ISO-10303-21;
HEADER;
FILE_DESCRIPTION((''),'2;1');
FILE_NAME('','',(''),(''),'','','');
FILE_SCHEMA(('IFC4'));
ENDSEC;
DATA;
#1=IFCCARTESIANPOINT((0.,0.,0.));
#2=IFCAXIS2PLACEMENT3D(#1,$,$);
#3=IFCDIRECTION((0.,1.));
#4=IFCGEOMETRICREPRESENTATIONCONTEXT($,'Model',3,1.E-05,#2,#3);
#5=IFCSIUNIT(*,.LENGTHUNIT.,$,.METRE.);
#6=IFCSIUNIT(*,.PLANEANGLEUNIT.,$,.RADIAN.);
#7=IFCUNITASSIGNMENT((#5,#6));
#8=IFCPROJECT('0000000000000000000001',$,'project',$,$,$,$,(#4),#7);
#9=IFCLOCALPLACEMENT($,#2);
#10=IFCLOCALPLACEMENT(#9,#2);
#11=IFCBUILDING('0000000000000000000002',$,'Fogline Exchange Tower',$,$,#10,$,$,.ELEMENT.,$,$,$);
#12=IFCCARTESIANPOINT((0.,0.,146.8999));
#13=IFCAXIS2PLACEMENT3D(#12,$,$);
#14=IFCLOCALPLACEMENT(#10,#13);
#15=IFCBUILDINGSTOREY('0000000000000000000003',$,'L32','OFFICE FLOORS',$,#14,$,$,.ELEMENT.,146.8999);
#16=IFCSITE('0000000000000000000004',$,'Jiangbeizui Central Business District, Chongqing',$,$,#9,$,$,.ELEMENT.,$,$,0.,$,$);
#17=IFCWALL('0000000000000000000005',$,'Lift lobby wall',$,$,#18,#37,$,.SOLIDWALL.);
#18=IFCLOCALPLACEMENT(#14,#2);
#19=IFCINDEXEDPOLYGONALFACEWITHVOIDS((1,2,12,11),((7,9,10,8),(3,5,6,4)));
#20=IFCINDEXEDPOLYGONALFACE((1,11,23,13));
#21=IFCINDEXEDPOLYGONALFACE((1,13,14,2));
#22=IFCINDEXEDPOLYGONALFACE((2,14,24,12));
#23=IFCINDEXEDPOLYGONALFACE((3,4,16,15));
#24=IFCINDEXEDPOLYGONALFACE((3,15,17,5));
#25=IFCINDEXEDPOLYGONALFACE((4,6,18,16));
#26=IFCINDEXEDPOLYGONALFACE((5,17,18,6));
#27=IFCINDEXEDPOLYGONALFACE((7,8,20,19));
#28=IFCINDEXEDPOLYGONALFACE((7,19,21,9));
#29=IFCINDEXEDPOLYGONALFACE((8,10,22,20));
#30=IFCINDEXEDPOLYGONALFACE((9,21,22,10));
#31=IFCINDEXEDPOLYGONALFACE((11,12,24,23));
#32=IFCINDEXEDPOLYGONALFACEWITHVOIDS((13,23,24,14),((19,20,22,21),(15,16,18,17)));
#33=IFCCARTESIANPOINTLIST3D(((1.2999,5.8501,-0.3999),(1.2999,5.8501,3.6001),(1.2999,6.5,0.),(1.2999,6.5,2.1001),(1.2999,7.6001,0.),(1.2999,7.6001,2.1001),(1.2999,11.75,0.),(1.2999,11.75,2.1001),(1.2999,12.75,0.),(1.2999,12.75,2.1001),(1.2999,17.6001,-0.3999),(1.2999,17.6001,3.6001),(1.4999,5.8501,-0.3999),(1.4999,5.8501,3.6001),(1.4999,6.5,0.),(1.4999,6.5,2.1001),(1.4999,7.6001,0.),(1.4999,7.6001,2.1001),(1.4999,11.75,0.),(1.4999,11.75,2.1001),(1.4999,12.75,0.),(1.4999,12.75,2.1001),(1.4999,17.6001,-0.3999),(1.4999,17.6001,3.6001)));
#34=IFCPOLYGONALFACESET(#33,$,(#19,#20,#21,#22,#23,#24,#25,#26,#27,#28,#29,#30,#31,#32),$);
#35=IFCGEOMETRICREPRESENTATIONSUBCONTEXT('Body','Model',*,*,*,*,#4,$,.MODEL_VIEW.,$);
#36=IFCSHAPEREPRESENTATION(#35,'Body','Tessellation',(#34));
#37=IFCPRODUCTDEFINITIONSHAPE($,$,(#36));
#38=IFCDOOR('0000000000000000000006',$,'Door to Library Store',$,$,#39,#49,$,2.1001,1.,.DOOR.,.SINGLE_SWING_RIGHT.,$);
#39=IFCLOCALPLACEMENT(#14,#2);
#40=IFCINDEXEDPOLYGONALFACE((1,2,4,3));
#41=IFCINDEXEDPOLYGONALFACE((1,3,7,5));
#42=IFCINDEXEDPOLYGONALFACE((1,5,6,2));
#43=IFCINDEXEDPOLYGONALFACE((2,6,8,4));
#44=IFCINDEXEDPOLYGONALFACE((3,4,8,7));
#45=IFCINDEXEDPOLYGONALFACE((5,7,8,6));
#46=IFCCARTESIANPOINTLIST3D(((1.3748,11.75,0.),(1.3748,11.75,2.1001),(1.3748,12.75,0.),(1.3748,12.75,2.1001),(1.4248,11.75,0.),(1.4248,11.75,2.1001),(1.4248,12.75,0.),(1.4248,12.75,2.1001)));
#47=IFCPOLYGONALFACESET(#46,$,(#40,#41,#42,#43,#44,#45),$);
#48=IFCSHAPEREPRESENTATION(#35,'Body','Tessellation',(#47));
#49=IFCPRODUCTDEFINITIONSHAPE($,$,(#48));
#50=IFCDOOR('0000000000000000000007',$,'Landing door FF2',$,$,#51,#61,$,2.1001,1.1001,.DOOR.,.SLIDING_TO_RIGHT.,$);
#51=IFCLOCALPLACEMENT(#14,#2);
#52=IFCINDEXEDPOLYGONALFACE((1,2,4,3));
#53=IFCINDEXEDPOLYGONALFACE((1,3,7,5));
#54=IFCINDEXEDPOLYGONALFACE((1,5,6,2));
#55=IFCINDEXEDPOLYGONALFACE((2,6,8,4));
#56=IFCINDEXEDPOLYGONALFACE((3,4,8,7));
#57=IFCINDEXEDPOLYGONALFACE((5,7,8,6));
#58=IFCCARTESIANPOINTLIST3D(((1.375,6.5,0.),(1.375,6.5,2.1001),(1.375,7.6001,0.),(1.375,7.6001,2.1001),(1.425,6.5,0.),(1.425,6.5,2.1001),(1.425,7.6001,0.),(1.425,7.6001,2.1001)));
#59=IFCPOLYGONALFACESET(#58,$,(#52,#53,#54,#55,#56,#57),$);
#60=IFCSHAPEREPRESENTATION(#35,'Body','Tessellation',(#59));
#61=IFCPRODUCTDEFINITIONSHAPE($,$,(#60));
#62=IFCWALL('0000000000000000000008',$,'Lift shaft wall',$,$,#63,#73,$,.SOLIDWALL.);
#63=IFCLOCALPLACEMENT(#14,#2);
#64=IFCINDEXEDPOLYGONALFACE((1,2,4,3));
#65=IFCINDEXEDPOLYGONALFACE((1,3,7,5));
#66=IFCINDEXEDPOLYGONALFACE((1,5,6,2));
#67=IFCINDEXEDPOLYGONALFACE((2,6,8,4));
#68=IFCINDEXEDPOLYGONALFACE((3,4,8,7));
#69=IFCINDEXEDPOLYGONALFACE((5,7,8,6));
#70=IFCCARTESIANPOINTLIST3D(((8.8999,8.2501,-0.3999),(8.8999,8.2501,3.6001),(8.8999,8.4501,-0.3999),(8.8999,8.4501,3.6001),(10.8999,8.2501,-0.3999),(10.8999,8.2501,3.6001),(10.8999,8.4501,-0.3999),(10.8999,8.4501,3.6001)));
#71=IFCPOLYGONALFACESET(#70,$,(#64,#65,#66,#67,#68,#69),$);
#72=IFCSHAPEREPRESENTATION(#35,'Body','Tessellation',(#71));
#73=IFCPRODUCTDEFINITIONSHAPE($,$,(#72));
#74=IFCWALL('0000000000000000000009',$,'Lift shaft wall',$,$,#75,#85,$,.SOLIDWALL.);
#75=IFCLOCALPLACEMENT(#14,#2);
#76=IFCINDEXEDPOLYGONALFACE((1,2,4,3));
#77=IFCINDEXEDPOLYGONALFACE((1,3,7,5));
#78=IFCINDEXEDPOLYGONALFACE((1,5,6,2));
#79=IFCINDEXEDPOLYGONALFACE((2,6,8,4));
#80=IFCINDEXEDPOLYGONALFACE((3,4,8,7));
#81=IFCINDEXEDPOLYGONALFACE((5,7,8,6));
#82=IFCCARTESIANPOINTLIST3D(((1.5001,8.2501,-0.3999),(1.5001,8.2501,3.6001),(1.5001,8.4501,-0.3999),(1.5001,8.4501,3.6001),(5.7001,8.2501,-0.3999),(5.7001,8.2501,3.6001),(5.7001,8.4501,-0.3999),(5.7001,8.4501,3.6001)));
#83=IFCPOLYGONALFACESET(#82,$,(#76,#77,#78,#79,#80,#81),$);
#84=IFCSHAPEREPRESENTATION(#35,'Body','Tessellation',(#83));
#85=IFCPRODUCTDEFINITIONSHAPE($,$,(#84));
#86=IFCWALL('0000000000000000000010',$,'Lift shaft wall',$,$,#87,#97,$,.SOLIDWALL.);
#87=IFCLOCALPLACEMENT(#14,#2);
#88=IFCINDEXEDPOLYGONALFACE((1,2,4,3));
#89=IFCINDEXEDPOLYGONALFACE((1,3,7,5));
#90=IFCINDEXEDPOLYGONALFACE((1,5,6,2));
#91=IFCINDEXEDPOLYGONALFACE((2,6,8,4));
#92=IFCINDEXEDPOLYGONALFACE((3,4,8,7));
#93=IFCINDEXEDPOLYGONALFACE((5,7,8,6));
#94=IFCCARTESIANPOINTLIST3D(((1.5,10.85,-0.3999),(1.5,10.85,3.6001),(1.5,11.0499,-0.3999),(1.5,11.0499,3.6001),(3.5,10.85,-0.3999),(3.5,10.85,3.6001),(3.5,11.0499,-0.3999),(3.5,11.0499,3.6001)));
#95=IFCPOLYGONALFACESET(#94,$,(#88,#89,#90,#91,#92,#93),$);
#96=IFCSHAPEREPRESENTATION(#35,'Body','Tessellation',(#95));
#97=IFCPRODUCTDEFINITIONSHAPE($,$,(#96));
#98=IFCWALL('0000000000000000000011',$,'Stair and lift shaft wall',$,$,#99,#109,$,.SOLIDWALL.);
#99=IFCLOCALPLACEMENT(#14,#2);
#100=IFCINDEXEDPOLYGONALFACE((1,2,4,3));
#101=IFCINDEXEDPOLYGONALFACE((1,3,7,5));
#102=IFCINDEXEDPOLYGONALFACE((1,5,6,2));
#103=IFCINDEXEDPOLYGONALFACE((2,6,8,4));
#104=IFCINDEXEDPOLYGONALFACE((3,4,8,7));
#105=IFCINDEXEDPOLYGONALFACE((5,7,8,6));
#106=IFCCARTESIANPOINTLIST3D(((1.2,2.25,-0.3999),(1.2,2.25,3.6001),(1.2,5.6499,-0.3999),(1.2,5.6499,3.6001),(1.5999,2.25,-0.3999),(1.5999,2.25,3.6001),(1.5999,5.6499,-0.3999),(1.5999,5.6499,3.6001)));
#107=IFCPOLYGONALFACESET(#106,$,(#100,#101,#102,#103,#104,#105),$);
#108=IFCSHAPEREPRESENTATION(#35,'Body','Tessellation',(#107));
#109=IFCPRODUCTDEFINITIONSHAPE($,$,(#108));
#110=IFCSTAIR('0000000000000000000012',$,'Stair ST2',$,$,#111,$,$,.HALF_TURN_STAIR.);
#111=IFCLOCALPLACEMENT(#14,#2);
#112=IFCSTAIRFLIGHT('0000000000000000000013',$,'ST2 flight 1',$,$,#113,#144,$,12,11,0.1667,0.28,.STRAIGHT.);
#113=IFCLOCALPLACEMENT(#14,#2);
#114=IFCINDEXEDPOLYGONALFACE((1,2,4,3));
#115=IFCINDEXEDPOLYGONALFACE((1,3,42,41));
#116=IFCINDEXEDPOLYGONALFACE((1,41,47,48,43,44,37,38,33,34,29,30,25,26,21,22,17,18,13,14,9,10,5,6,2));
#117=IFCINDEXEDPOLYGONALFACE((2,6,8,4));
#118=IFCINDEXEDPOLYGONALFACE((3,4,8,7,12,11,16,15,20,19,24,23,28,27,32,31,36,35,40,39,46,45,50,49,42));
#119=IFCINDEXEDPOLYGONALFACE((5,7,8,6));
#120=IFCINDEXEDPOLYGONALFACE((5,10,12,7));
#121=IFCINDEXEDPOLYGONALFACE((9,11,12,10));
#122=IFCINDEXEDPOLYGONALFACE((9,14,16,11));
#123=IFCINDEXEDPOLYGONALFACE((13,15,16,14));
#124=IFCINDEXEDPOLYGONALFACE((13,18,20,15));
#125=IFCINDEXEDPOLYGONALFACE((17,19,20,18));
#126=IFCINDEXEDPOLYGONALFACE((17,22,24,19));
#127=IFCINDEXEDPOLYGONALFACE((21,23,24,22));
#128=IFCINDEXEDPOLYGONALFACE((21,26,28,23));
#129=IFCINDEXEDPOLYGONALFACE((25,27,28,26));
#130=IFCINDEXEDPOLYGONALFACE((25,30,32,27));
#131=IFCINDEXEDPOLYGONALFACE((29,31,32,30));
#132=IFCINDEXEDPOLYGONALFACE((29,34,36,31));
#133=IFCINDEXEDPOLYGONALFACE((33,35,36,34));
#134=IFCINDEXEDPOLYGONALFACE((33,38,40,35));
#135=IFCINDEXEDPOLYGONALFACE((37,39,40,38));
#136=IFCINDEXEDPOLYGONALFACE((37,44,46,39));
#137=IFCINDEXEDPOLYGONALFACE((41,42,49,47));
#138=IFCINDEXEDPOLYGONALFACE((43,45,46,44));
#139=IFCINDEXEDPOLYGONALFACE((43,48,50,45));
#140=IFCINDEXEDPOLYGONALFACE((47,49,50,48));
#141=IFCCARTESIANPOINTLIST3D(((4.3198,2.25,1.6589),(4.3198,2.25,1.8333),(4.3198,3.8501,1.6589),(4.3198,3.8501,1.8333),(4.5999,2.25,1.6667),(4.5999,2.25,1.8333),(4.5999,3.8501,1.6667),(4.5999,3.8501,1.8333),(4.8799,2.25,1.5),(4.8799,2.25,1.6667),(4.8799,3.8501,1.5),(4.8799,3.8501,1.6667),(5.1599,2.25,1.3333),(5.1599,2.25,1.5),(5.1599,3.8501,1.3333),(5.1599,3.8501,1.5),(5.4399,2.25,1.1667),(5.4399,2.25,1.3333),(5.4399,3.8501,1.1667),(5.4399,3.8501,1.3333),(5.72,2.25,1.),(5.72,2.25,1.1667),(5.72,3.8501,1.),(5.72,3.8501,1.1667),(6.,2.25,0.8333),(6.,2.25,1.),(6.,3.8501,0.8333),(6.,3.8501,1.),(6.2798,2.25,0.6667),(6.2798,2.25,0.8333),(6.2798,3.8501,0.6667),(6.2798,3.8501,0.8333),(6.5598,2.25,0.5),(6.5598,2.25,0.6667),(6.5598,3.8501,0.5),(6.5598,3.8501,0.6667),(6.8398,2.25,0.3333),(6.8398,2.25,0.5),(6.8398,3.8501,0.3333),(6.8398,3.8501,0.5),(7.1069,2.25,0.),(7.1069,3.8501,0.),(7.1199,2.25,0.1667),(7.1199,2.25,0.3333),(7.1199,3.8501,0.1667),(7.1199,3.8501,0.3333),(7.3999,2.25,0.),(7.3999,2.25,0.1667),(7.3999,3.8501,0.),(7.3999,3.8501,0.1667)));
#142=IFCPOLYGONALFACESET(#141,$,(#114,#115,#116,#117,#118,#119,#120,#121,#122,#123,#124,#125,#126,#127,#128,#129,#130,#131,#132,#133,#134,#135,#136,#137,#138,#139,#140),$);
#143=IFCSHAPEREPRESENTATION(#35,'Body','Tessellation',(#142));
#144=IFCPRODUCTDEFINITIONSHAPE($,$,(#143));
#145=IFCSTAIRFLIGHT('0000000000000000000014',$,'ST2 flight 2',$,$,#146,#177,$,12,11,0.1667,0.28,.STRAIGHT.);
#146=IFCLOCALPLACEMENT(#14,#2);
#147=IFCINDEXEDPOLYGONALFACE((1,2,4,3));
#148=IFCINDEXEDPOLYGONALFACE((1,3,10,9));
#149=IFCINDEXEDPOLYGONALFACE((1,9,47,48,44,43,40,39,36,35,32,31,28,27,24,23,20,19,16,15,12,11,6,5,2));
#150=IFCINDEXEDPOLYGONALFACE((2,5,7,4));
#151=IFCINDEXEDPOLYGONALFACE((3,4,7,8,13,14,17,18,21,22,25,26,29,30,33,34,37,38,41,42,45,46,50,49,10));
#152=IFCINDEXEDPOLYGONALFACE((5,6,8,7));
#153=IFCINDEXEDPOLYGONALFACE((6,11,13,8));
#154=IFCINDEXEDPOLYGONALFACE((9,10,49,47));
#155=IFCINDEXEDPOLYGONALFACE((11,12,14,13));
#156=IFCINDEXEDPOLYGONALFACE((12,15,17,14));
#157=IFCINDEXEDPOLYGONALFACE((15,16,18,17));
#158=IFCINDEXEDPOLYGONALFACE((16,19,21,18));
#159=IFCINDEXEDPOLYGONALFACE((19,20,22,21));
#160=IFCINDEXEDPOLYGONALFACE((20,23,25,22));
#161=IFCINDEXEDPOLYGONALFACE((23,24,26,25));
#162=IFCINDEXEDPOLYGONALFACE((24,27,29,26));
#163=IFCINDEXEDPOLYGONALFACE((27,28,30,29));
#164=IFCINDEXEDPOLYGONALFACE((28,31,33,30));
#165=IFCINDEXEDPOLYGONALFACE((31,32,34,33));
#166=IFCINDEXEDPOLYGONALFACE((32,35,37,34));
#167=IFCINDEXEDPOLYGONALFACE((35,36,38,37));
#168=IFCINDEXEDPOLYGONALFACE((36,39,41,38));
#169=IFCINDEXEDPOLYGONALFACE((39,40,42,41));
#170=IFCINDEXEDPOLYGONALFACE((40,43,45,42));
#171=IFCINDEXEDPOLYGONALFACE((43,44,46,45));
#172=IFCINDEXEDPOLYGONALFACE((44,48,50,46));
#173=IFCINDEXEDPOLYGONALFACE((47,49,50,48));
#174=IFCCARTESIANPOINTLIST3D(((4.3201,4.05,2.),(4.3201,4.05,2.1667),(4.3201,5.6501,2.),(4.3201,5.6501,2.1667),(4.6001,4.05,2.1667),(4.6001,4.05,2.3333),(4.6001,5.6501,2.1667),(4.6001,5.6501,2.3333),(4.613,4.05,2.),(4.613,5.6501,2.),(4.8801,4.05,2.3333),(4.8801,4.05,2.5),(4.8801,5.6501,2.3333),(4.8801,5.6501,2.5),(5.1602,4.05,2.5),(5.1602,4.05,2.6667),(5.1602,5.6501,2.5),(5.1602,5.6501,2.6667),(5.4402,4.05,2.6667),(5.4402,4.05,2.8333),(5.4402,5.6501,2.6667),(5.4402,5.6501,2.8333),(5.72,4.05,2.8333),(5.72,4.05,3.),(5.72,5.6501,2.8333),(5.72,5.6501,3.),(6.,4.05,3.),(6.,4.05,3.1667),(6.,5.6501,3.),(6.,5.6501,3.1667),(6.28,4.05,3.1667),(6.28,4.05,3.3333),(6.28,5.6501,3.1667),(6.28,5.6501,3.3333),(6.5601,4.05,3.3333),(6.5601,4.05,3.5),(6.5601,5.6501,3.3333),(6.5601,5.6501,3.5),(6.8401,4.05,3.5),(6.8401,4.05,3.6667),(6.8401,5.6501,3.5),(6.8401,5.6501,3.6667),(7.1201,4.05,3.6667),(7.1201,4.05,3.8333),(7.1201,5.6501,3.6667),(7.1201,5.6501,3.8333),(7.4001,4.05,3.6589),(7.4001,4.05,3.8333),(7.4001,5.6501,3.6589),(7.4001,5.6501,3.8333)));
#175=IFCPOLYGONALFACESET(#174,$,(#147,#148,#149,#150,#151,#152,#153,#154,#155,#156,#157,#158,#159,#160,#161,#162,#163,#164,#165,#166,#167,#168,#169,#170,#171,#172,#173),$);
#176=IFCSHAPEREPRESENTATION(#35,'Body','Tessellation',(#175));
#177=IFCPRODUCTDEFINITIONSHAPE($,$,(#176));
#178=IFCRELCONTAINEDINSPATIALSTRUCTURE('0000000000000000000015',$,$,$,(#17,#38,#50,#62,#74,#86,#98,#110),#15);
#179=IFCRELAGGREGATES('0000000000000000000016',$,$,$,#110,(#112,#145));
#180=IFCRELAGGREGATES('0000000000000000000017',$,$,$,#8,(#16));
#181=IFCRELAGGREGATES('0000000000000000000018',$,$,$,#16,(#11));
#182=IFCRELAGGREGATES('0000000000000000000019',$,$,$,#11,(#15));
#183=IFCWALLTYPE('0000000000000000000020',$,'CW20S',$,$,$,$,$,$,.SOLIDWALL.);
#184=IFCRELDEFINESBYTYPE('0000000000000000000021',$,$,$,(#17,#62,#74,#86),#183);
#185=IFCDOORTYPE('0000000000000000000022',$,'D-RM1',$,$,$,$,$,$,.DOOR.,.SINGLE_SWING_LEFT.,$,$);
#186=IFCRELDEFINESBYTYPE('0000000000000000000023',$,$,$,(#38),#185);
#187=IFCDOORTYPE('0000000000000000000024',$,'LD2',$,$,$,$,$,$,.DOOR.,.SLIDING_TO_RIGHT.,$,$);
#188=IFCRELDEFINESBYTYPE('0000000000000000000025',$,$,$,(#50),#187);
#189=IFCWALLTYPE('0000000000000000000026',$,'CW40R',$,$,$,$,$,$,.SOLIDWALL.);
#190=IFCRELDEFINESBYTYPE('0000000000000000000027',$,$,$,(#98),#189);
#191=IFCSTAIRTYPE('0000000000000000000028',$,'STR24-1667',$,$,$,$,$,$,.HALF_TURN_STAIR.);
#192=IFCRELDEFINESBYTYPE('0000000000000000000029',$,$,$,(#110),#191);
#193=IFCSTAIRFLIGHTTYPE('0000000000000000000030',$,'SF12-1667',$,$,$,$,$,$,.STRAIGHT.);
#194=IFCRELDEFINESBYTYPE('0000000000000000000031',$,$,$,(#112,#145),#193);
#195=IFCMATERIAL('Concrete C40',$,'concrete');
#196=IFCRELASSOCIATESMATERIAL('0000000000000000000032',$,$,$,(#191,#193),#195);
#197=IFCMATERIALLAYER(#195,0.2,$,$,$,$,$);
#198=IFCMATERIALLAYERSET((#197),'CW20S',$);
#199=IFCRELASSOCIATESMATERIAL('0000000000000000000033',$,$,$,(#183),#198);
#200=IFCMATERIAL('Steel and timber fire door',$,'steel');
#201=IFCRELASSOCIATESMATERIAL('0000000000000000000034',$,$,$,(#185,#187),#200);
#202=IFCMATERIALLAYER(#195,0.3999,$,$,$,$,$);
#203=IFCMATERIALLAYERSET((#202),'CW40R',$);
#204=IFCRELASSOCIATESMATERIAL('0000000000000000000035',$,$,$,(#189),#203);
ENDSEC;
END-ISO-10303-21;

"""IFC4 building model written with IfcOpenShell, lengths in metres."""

from ifc_helpers import new_model, si_unit, direction, frame, frame_2d, origin, place, context, subcontext, project, spatial, polyline, rectangle, outline, extrude, material, layer, layer_set, type_object, element, fill, aggregate, save


model = new_model("IFC4")

# Units and contexts
model_context = context("Model", 3, precision=1e-05, world=origin(), true_north=direction((0.0, 1.0)))
body_context = subcontext(model_context, "Body", "Model", "MODEL_VIEW")
ifc_project = project(units=[si_unit("LENGTHUNIT", "METRE"), si_unit("PLANEANGLEUNIT", "RADIAN")], contexts=[model_context])

# Site, building, storey
site_placement = place(None, origin())
site = spatial("IfcSite", under=ifc_project, at=site_placement, Name="Jiangbeizui Central Business District, Chongqing", CompositionType="ELEMENT", RefElevation=0.0)
building_placement = place(site_placement, origin())
building = spatial("IfcBuilding", under=site, at=building_placement, Name="Fogline Exchange Tower", CompositionType="ELEMENT")
storey_placement = place(building_placement, frame((0.0, 0.0, 146.8999)))
storey = spatial("IfcBuildingStorey", under=building, at=storey_placement, Name="L32", Description="OFFICE FLOORS", CompositionType="ELEMENT", Elevation=146.8999)

# Shared definitions
ifc_material_1 = material(Name="Concrete C40", Category="concrete")
stair_type = type_object("IfcStairType", Name="STR24-1667", PredefinedType="HALF_TURN_STAIR", material=ifc_material_1)

# Shared definitions
ifc_material_2 = material(Name="Steel and timber fire door", Category="steel")

# Shared definitions
ifc_layer_1 = layer(ifc_material_1, 0.2)
ifc_layer_set_1 = layer_set([ifc_layer_1], Name="CW20S")
wall_type_1 = type_object("IfcWallType", Name="CW20S", PredefinedType="SOLIDWALL", material=ifc_layer_set_1)

# Wall, openings, doors
wall_1_placement = place(storey_placement, frame((1.3999, 5.8501, -0.3999), z_axis=(0.0, 0.0, 1.0), x_axis=(0.0, 1.0, 0.0)))
wall_1 = element("IfcWall", 1, at=wall_1_placement, inside=storey, type_object=wall_type_1, Name="Lift lobby wall", PredefinedType="SOLIDWALL", context=body_context, shape_type="SweptSolid", body=[
    extrude(rectangle(XDim=11.75, YDim=0.2, at=frame_2d((5.875, 0.0))), origin(), (0.0, 0.0, 1.0), 4.0),
])
opening_1_placement = place(wall_1_placement, frame((0.6499, 0.0, 0.3999)))
opening_1 = element("IfcOpeningElement", 2, at=opening_1_placement, cuts=wall_1, PredefinedType="OPENING", context=body_context, shape_type="SweptSolid", body=[
    extrude(rectangle(XDim=1.1001, YDim=2.1001, at=frame_2d((0.55, 1.05))), frame((0.0, 0.1099, 0.0), z_axis=(0.0, -1.0, 0.0), x_axis=(1.0, 0.0, 0.0)), (0.0, 0.0, 1.0), 0.22),
])
opening_2_placement = place(wall_1_placement, frame((5.8999, 0.0, 0.3999)))
opening_2 = element("IfcOpeningElement", 3, at=opening_2_placement, cuts=wall_1, PredefinedType="OPENING", context=body_context, shape_type="SweptSolid", body=[
    extrude(rectangle(XDim=1.0, YDim=2.1001, at=frame_2d((0.5, 1.05))), frame((0.0, 0.1099, 0.0), z_axis=(0.0, -1.0, 0.0), x_axis=(1.0, 0.0, 0.0)), (0.0, 0.0, 1.0), 0.22),
])
door_type_1 = type_object("IfcDoorType", Name="D-RM1", OperationType="SINGLE_SWING_LEFT", PredefinedType="DOOR", material=ifc_material_2)
door_1_placement = place(opening_2_placement, frame((1.0, 0.0, 0.0), z_axis=(0.0, 0.0, 1.0), x_axis=(-1.0, 0.0, 0.0)))
door_1 = element("IfcDoor", 4, at=door_1_placement, inside=storey, type_object=door_type_1, Name="Door to Library Store", OperationType="SINGLE_SWING_RIGHT", OverallHeight=2.1001, OverallWidth=1.0, PredefinedType="DOOR", context=body_context, shape_type="SweptSolid", body=[
    extrude(rectangle(XDim=1.0, YDim=2.1001, at=frame_2d((0.5, 1.05))), frame((0.0, 0.0249, 0.0), z_axis=(0.0, -1.0, 0.0), x_axis=(1.0, 0.0, 0.0)), (0.0, 0.0, 1.0), 0.05),
])
fill(opening_2, door_1)
door_type_2 = type_object("IfcDoorType", Name="LD2", OperationType="SLIDING_TO_RIGHT", PredefinedType="DOOR", material=ifc_material_2)
door_2_placement = place(opening_1_placement, origin())
door_2 = element("IfcDoor", 5, at=door_2_placement, inside=storey, type_object=door_type_2, Name="Landing door FF2", OperationType="SLIDING_TO_RIGHT", OverallHeight=2.1001, OverallWidth=1.1001, PredefinedType="DOOR", context=body_context, shape_type="SweptSolid", body=[
    extrude(rectangle(XDim=1.1001, YDim=2.1001, at=frame_2d((0.55, 1.05))), frame((0.0, 0.0249, 0.0), z_axis=(0.0, -1.0, 0.0), x_axis=(1.0, 0.0, 0.0)), (0.0, 0.0, 1.0), 0.05),
])
fill(opening_1, door_2)

# Walls
wall_2_placement = place(storey_placement, frame((8.8999, 8.3501, -0.3999), z_axis=(0.0, 0.0, 1.0), x_axis=(1.0, 0.0, 0.0)))
element("IfcWall", 6, at=wall_2_placement, inside=storey, type_object=wall_type_1, Name="Lift shaft wall", PredefinedType="SOLIDWALL", context=body_context, shape_type="SweptSolid", body=[
    extrude(rectangle(XDim=2.0, YDim=0.2, at=frame_2d((1.0, 0.0))), origin(), (0.0, 0.0, 1.0), 4.0),
])
wall_3_placement = place(storey_placement, frame((1.5, 8.3501, -0.3999), z_axis=(0.0, 0.0, 1.0), x_axis=(1.0, 0.0, 0.0)))
element("IfcWall", 7, at=wall_3_placement, inside=storey, type_object=wall_type_1, Name="Lift shaft wall", PredefinedType="SOLIDWALL", context=body_context, shape_type="SweptSolid", body=[
    extrude(rectangle(XDim=4.2, YDim=0.2, at=frame_2d((2.1001, 0.0))), origin(), (0.0, 0.0, 1.0), 4.0),
])
wall_4_placement = place(storey_placement, frame((1.5, 10.95, -0.3999), z_axis=(0.0, 0.0, 1.0), x_axis=(1.0, 0.0, 0.0)))
element("IfcWall", 8, at=wall_4_placement, inside=storey, type_object=wall_type_1, Name="Lift shaft wall", PredefinedType="SOLIDWALL", context=body_context, shape_type="SweptSolid", body=[
    extrude(rectangle(XDim=2.0, YDim=0.2, at=frame_2d((1.0, 0.0))), origin(), (0.0, 0.0, 1.0), 4.0),
])
ifc_layer_2 = layer(ifc_material_1, 0.3999)
ifc_layer_set_2 = layer_set([ifc_layer_2], Name="CW40R")
wall_type_2 = type_object("IfcWallType", Name="CW40R", PredefinedType="SOLIDWALL", material=ifc_layer_set_2)
wall_5_placement = place(storey_placement, frame((1.3999, 2.25, -0.3999), z_axis=(0.0, 0.0, 1.0), x_axis=(0.0, 1.0, 0.0)))
element("IfcWall", 9, at=wall_5_placement, inside=storey, type_object=wall_type_2, Name="Stair and lift shaft wall", PredefinedType="SOLIDWALL", context=body_context, shape_type="SweptSolid", body=[
    extrude(rectangle(XDim=3.3999, YDim=0.3999, at=frame_2d((1.7, 0.0))), origin(), (0.0, 0.0, 1.0), 4.0),
])

# Stair, stair flights
stair_1_placement = place(storey_placement, origin())
stair_1 = element("IfcStair", 10, at=stair_1_placement, inside=storey, type_object=stair_type, Name="Stair ST2", PredefinedType="HALF_TURN_STAIR")
stair_flight_type = type_object("IfcStairFlightType", Name="SF12-1667", PredefinedType="STRAIGHT", material=ifc_material_1)
stair_flight_1_placement = place(storey_placement, frame((7.3999, 3.05, 0.0), z_axis=(0.0, 0.0, 1.0), x_axis=(-1.0, 0.0, 0.0)))
stair_flight_1 = element("IfcStairFlight", 11, at=stair_flight_1_placement, type_object=stair_flight_type, Name="ST2 flight 1", NumberOfRisers=12, NumberOfTreads=11, PredefinedType="STRAIGHT", RiserHeight=0.1667, TreadLength=0.28, context=body_context, shape_type="SweptSolid", body=[
    extrude(outline(polyline([(0.0, 0.0), (0.0, 0.1667), (0.28, 0.1667), (0.28, 0.3333), (0.5601, 0.3333), (0.5601, 0.5), (0.8401, 0.5), (0.8401, 0.6667), (1.1201, 0.6667), (1.1201, 0.8333), (1.3999, 0.8333), (1.3999, 1.0), (1.6799, 1.0), (1.6799, 1.1667), (1.96, 1.1667), (1.96, 1.3333), (2.24, 1.3333), (2.24, 1.5), (2.52, 1.5), (2.52, 1.6667), (2.8, 1.6667), (2.8, 1.8333), (3.0801, 1.8333), (3.0801, 2.0), (3.0801, 1.6589), (0.293, 0.0), (0.0, 0.0)])), frame((0.0, 0.8, 0.0), z_axis=(0.0, -1.0, 0.0), x_axis=(1.0, 0.0, 0.0)), (0.0, 0.0, 1.0), 1.6001),
])
stair_flight_2_placement = place(storey_placement, frame((4.3201, 4.8501, 2.0), z_axis=(0.0, 0.0, 1.0), x_axis=(1.0, 0.0, 0.0)))
stair_flight_2 = element("IfcStairFlight", 12, at=stair_flight_2_placement, type_object=stair_flight_type, Name="ST2 flight 2", NumberOfRisers=12, NumberOfTreads=11, PredefinedType="STRAIGHT", RiserHeight=0.1667, TreadLength=0.28, context=body_context, shape_type="SweptSolid", body=[
    extrude(outline(polyline([(0.0, 0.0), (0.0, 0.1667), (0.28, 0.1667), (0.28, 0.3333), (0.5601, 0.3333), (0.5601, 0.5), (0.8401, 0.5), (0.8401, 0.6667), (1.1201, 0.6667), (1.1201, 0.8333), (1.3999, 0.8333), (1.3999, 1.0), (1.6799, 1.0), (1.6799, 1.1667), (1.96, 1.1667), (1.96, 1.3333), (2.24, 1.3333), (2.24, 1.5), (2.52, 1.5), (2.52, 1.6667), (2.8, 1.6667), (2.8, 1.8333), (3.0801, 1.8333), (3.0801, 2.0), (3.0801, 1.6589), (0.293, 0.0), (0.0, 0.0)])), frame((0.0, 0.8, 0.0), z_axis=(0.0, -1.0, 0.0), x_axis=(1.0, 0.0, 0.0)), (0.0, 0.0, 1.0), 1.6001),
])
aggregate(stair_1, [stair_flight_1, stair_flight_2])

save(model, "model.ifc")
